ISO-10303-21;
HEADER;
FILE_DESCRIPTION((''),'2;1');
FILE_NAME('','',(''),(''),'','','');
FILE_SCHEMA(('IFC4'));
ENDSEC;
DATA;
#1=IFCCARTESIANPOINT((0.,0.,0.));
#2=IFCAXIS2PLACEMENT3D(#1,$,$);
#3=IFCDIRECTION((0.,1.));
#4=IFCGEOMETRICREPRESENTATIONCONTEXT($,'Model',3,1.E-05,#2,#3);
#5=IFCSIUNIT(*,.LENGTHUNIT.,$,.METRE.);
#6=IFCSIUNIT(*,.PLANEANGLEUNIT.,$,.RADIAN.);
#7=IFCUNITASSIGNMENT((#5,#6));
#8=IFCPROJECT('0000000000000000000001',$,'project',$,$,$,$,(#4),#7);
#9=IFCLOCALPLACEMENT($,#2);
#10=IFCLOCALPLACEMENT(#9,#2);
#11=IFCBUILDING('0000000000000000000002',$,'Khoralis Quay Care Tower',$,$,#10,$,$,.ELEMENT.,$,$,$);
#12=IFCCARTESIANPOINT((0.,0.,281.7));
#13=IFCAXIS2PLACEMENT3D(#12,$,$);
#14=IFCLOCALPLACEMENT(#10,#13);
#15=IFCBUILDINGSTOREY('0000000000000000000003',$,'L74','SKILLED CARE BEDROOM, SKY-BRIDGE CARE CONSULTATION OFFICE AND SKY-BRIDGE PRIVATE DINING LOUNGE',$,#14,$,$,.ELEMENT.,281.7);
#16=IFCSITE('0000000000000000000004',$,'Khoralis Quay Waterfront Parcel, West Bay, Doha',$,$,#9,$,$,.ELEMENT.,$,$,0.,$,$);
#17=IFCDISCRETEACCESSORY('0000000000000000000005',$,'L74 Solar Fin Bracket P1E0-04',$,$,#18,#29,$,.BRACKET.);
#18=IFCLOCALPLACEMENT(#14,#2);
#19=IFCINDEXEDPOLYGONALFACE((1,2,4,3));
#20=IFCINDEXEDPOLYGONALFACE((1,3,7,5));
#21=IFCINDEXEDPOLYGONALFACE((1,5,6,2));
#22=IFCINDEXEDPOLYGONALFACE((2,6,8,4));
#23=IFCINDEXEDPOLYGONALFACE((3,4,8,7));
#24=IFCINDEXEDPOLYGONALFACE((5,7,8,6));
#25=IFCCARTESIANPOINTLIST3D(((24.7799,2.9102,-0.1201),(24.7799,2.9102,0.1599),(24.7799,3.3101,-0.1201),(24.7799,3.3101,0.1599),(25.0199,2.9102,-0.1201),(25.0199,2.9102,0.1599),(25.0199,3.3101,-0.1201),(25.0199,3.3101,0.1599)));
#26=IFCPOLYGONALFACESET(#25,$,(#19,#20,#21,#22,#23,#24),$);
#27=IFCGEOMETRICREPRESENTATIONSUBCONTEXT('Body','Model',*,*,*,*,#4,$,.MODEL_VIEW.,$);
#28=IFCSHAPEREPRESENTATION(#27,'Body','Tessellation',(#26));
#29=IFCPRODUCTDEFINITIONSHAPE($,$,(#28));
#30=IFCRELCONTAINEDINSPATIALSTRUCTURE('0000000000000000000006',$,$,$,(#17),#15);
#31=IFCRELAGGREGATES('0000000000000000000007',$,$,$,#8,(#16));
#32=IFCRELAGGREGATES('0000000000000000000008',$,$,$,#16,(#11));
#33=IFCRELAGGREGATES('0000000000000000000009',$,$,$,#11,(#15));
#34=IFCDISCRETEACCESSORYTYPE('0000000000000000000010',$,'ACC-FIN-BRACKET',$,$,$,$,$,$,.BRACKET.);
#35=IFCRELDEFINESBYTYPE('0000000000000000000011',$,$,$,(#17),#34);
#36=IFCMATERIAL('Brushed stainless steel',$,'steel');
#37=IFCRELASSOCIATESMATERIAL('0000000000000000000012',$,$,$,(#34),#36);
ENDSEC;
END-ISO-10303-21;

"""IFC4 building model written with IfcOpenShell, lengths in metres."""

from ifc_helpers import new_model, si_unit, direction, frame, origin, origin_2d, place, context, subcontext, project, spatial, rectangle, extrude, source, transform, mapped, material, type_object, element, save


model = new_model("IFC4")

# Units and contexts
model_context = context("Model", 3, precision=1e-05, world=origin(), true_north=direction((0.0, 1.0)))
body_context = subcontext(model_context, "Body", "Model", "MODEL_VIEW")
ifc_project = project(units=[si_unit("LENGTHUNIT", "METRE"), si_unit("PLANEANGLEUNIT", "RADIAN")], contexts=[model_context])

# Site, building, storey
site_placement = place(None, origin())
site = spatial("IfcSite", under=ifc_project, at=site_placement, Name="Khoralis Quay Waterfront Parcel, West Bay, Doha", CompositionType="ELEMENT", RefElevation=0.0)
building_placement = place(site_placement, origin())
building = spatial("IfcBuilding", under=site, at=building_placement, Name="Khoralis Quay Care Tower", CompositionType="ELEMENT")
storey_placement = place(building_placement, frame((0.0, 0.0, 281.7)))
storey = spatial("IfcBuildingStorey", under=building, at=storey_placement, Name="L74", Description="SKILLED CARE BEDROOM, SKY-BRIDGE CARE CONSULTATION OFFICE AND SKY-BRIDGE PRIVATE DINING LOUNGE", CompositionType="ELEMENT", Elevation=281.7)

# Discrete accessory
ifc_material_1 = material(Name="Brushed stainless steel", Category="steel")
discrete_accessory_type = type_object("IfcDiscreteAccessoryType", Name="ACC-FIN-BRACKET", PredefinedType="BRACKET", material=ifc_material_1)
shared_shape_1 = source(origin(), body_context, "Body", "SweptSolid", [
    extrude(rectangle(XDim=0.3999, YDim=0.24, at=origin_2d()), origin(), (0.0, 0.0, 1.0), 0.28),
])
discrete_accessory_placement = place(storey_placement, frame((24.8999, 3.1101, -0.1201), z_axis=(0.0, 0.0, 1.0), x_axis=(0.0, -1.0, 0.0)))
element("IfcDiscreteAccessory", 1, at=discrete_accessory_placement, inside=storey, type_object=discrete_accessory_type, Name="L74 Solar Fin Bracket P1E0-04", PredefinedType="BRACKET", context=body_context, shape_type="MappedRepresentation", body=[
    mapped(shared_shape_1, transform((0.0, 0.0, 0.0), scale=1.0)),
])

save(model, "model.ifc")
